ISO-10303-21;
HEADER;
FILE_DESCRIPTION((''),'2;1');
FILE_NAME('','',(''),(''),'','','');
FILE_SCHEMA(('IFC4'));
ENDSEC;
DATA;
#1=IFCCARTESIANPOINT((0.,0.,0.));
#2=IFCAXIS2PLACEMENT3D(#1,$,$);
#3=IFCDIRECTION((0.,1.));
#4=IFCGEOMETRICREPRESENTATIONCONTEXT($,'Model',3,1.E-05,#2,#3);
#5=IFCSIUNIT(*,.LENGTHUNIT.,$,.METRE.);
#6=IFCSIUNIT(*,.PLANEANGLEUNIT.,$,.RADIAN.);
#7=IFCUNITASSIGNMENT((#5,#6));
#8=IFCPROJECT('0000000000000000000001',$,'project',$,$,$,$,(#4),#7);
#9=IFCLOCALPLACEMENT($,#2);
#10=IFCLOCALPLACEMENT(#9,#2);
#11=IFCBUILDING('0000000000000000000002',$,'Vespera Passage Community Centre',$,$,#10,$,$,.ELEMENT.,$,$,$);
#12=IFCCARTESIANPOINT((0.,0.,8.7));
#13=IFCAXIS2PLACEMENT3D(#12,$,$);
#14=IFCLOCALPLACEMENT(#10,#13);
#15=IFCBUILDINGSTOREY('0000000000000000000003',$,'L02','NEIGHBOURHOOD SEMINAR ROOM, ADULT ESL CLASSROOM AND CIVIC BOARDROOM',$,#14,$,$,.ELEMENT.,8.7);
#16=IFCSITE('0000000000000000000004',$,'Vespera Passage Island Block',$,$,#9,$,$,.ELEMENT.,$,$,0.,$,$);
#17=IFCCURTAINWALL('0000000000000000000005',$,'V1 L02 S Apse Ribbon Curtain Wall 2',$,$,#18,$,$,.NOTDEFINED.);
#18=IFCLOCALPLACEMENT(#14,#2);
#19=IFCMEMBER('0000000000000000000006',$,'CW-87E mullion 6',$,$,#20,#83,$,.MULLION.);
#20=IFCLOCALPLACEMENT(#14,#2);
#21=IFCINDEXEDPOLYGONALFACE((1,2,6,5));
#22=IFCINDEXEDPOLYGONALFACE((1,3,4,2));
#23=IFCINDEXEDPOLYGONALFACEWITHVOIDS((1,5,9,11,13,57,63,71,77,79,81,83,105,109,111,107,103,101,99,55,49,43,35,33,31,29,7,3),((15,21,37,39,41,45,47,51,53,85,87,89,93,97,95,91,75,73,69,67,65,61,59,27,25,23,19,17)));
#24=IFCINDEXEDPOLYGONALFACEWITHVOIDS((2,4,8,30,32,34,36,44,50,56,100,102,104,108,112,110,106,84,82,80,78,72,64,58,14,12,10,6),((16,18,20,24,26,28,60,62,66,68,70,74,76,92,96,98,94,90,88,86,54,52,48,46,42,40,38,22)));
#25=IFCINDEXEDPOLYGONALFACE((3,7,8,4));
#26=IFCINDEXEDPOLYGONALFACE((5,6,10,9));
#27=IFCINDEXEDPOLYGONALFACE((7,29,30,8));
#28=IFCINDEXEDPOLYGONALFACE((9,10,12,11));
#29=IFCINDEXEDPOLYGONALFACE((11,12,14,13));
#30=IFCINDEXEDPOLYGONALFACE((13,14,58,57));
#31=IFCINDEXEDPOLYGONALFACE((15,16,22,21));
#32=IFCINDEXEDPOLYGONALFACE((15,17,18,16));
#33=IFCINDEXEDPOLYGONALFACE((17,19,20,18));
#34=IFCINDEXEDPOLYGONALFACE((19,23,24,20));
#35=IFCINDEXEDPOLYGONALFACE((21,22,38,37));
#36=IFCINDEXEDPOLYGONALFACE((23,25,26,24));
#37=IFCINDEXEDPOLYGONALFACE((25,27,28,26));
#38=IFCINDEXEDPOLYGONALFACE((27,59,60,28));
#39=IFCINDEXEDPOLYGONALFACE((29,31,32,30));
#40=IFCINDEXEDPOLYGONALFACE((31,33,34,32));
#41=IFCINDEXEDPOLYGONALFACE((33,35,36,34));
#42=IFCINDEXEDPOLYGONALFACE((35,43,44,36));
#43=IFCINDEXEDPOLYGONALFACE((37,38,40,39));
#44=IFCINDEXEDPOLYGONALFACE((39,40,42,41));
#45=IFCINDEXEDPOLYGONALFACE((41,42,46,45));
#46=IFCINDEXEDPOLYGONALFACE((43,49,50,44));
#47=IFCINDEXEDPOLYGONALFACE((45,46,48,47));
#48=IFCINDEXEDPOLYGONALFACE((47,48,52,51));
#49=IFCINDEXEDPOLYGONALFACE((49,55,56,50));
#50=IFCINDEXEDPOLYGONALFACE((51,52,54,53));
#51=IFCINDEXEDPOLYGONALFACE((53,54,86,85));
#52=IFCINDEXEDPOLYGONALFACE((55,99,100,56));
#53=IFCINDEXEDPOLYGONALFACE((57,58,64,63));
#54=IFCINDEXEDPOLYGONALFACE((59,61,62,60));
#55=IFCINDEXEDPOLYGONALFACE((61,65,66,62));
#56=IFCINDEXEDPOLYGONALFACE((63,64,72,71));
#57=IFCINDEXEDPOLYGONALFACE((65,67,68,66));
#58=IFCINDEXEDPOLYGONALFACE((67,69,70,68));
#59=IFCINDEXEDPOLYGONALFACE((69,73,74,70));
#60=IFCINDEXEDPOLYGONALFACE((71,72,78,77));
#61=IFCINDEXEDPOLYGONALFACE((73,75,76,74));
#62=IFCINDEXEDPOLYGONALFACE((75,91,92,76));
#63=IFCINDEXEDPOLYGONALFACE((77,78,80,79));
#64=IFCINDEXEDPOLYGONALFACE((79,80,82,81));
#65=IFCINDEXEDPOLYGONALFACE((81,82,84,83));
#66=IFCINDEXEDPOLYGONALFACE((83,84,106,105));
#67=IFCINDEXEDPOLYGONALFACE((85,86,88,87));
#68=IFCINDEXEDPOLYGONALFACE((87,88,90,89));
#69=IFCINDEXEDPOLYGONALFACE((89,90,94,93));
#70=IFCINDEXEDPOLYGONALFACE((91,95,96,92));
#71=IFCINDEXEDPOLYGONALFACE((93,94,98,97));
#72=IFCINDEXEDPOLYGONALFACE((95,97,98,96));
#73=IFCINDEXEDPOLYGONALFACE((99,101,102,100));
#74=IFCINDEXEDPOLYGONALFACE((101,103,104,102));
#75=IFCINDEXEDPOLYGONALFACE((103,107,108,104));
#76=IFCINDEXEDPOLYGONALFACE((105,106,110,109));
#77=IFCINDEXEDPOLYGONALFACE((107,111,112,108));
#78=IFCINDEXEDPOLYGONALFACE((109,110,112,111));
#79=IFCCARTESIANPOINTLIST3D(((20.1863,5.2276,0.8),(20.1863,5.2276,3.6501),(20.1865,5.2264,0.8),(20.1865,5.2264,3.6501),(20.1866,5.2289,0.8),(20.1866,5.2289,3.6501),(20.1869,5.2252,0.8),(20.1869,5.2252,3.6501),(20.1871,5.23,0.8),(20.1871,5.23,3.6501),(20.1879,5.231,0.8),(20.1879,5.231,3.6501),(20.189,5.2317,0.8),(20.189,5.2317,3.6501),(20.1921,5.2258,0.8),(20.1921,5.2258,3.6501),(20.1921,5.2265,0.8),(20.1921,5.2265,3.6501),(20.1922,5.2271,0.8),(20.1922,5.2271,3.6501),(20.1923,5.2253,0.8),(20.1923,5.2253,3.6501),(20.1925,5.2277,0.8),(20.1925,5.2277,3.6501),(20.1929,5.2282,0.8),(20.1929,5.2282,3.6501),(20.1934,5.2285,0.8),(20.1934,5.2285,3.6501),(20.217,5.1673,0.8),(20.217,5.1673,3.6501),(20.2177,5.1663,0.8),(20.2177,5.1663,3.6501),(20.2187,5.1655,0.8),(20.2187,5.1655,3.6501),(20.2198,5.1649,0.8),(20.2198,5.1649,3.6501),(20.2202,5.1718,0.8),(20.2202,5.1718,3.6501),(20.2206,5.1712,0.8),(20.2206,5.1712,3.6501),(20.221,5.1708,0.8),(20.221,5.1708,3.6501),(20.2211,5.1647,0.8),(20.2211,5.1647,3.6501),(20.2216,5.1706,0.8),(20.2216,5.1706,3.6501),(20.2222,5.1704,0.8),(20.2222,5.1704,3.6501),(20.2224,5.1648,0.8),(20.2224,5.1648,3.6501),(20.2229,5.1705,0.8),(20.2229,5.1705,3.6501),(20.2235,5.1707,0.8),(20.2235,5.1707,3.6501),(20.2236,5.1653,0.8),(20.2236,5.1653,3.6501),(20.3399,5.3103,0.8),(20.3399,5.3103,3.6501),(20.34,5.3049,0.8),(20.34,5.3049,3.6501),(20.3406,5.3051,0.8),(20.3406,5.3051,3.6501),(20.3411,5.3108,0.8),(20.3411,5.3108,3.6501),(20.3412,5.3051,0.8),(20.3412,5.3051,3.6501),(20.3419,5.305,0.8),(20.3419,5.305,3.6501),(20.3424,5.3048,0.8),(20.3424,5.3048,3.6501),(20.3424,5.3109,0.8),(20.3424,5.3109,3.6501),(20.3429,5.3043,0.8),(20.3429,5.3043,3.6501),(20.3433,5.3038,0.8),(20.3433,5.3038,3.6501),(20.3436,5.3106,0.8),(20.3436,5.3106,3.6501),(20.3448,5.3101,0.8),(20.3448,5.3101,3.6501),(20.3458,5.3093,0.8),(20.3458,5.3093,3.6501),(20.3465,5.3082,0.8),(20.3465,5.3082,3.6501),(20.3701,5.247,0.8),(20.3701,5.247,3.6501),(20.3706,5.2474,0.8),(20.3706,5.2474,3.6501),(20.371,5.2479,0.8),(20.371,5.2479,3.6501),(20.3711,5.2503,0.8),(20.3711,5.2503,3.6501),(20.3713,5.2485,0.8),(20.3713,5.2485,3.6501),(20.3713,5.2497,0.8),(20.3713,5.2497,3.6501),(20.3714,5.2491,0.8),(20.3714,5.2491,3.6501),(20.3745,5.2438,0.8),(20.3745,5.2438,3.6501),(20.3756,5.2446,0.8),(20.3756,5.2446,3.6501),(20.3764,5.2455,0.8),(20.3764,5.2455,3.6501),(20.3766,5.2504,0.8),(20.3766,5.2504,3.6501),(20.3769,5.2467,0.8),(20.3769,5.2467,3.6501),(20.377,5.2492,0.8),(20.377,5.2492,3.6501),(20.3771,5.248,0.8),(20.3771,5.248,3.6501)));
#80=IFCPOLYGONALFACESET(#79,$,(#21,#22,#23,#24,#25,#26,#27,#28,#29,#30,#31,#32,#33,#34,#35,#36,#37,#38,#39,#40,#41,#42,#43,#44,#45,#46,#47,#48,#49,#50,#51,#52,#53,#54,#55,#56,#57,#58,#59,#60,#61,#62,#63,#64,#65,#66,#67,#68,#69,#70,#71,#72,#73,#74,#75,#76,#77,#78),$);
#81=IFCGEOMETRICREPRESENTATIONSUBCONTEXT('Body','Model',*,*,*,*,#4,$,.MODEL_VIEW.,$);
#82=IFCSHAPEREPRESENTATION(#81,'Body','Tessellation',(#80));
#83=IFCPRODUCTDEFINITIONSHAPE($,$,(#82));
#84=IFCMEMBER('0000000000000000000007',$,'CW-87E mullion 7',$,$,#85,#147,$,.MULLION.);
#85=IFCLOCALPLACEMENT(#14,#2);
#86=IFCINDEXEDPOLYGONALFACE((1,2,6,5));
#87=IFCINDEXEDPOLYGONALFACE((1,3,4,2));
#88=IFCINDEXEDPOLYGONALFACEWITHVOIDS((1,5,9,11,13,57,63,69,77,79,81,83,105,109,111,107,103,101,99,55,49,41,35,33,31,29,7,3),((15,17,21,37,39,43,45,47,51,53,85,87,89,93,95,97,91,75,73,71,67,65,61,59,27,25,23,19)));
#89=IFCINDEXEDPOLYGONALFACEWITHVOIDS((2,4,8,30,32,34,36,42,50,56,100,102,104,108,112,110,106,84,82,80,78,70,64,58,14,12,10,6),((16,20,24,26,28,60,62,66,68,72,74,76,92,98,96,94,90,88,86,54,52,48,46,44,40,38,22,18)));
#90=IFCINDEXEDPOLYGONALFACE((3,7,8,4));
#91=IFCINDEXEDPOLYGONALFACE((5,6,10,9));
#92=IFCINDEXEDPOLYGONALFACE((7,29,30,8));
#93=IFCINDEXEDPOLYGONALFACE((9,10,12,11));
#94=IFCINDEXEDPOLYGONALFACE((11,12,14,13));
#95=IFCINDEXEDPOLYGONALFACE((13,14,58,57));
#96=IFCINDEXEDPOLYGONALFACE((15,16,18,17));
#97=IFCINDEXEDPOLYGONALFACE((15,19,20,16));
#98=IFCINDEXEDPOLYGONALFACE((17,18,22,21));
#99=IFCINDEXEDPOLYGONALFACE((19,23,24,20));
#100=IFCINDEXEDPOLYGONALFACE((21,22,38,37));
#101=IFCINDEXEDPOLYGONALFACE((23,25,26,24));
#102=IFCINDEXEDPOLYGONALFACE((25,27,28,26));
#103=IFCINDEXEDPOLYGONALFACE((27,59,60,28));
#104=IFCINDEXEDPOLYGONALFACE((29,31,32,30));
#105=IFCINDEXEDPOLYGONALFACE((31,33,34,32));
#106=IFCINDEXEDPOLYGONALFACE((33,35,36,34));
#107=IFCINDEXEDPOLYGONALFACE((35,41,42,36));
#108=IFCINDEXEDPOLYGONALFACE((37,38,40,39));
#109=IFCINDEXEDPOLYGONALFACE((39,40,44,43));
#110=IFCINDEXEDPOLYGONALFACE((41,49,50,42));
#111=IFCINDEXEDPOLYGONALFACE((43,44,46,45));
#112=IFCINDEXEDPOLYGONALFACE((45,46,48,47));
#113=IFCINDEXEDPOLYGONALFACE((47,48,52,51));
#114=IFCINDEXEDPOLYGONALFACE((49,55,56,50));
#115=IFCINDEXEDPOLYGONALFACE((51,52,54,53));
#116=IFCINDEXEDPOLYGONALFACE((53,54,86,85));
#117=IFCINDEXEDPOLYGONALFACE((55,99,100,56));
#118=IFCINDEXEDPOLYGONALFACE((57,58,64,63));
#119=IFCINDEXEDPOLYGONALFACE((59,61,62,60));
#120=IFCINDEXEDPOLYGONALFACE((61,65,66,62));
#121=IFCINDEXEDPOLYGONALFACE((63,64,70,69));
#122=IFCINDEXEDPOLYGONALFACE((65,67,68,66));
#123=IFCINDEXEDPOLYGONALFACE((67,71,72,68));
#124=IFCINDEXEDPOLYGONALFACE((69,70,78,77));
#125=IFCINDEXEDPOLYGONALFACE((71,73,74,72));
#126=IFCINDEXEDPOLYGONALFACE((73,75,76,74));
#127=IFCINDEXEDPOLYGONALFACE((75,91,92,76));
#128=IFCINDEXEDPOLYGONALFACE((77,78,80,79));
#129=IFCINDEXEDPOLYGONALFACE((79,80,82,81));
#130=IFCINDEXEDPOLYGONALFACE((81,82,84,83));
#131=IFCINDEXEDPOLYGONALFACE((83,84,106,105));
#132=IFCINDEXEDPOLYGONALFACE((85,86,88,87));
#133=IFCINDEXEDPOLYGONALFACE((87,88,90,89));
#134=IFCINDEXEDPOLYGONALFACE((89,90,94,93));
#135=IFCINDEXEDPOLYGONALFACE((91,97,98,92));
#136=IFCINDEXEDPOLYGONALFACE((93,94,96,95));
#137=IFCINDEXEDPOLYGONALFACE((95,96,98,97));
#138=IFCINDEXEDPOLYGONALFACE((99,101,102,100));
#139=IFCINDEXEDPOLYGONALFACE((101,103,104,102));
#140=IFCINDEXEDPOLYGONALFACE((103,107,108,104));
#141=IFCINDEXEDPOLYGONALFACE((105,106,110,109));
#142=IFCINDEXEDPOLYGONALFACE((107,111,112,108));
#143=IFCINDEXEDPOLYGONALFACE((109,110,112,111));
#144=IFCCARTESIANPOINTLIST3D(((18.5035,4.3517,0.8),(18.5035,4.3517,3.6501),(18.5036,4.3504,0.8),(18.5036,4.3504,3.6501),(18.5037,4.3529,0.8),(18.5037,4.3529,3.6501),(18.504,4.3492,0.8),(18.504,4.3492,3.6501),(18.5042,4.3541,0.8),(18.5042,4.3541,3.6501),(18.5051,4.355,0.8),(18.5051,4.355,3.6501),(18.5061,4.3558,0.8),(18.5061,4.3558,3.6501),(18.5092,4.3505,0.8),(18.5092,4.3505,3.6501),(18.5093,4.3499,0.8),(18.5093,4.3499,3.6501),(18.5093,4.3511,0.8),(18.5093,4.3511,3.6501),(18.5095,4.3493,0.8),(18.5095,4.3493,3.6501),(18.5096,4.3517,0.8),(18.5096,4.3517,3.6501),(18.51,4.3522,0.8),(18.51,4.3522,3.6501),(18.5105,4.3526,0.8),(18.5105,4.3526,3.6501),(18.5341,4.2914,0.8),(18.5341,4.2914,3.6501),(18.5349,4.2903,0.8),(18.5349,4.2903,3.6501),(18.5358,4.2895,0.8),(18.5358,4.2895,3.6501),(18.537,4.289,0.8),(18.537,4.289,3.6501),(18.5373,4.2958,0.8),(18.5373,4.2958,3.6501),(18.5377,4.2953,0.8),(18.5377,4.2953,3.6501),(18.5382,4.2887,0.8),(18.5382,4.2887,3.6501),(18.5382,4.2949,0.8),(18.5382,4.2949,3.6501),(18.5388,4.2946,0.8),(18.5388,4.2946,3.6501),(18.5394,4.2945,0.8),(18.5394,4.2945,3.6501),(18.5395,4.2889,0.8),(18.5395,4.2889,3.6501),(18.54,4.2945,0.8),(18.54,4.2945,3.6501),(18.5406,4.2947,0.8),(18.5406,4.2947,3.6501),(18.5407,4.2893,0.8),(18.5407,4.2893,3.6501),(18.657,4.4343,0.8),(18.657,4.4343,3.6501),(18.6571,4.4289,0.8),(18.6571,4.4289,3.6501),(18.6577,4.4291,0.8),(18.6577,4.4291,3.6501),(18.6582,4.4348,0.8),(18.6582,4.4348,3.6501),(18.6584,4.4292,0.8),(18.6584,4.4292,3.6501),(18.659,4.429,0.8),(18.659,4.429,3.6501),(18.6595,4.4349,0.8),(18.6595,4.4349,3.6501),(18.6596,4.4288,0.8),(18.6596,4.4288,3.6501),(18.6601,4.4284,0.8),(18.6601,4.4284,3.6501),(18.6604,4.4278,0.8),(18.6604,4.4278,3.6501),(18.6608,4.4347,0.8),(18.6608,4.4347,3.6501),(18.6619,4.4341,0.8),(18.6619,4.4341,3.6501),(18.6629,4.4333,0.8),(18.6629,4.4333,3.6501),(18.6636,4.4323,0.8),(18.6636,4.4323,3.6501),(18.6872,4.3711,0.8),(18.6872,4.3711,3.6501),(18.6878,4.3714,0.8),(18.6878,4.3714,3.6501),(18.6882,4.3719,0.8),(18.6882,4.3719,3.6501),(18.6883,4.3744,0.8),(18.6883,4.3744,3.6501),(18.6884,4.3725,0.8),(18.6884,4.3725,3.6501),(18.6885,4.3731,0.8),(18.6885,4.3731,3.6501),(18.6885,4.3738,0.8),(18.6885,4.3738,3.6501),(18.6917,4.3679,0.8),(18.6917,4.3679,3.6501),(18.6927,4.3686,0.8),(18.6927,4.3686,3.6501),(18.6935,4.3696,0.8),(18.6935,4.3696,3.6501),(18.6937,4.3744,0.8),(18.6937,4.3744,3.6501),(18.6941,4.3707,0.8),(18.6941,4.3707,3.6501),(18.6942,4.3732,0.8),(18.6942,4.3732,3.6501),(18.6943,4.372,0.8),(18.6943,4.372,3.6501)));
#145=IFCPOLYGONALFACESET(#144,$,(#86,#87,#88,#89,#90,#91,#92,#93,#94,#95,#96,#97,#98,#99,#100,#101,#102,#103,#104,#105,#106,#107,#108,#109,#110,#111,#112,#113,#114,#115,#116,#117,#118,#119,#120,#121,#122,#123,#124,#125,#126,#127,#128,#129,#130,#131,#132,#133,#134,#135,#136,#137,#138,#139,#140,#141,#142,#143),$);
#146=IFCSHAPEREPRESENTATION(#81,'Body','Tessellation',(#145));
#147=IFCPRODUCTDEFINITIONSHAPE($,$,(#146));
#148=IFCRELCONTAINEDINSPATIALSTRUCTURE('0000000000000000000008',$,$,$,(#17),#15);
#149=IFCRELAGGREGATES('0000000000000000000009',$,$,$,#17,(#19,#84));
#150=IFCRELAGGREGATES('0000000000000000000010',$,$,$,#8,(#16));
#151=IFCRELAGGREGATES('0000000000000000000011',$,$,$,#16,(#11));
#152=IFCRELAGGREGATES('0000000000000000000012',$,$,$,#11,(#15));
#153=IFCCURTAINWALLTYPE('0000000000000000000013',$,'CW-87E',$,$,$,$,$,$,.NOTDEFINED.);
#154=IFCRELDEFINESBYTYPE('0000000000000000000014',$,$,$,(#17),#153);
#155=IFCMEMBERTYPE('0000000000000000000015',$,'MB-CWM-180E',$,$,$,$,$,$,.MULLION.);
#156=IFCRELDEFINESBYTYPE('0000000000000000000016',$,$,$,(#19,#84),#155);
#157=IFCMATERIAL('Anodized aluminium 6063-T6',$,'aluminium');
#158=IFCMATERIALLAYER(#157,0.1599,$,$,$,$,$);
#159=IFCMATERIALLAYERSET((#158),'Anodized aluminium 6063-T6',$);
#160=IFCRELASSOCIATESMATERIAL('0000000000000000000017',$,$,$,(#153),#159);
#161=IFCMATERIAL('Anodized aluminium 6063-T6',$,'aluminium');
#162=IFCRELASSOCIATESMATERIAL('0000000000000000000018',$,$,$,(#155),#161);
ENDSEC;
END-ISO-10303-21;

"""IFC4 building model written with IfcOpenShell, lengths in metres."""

from ifc_helpers import new_model, si_unit, direction, frame, origin, origin_2d, place, context, subcontext, project, spatial, hollow_rectangle, extrude, material, layer, layer_set, material_profile, profile_set, type_object, element, aggregate, save


model = new_model("IFC4")

# Units and contexts
model_context = context("Model", 3, precision=1e-05, world=origin(), true_north=direction((0.0, 1.0)))
body_context = subcontext(model_context, "Body", "Model", "MODEL_VIEW")
ifc_project = project(units=[si_unit("LENGTHUNIT", "METRE"), si_unit("PLANEANGLEUNIT", "RADIAN")], contexts=[model_context])

# Site, building, storey
site_placement = place(None, origin())
site = spatial("IfcSite", under=ifc_project, at=site_placement, Name="Vespera Passage Island Block", CompositionType="ELEMENT", RefElevation=0.0)
building_placement = place(site_placement, origin())
building = spatial("IfcBuilding", under=site, at=building_placement, Name="Vespera Passage Community Centre", CompositionType="ELEMENT")
storey_placement = place(building_placement, frame((0.0, 0.0, 8.7)))
storey = spatial("IfcBuildingStorey", under=building, at=storey_placement, Name="L02", Description="NEIGHBOURHOOD SEMINAR ROOM, ADULT ESL CLASSROOM AND CIVIC BOARDROOM", CompositionType="ELEMENT", Elevation=8.7)

# Curtain wall, members
ifc_material_1 = material(Name="Anodized aluminium 6063-T6", Category="aluminium")
ifc_layer_1 = layer(ifc_material_1, 0.1599)
ifc_layer_set_1 = layer_set([ifc_layer_1], Name="Anodized aluminium 6063-T6")
curtain_wall_type = type_object("IfcCurtainWallType", Name="CW-87E", PredefinedType="NOTDEFINED", material=ifc_layer_set_1)
curtain_wall_1_placement = place(storey_placement, origin())
curtain_wall_1 = element("IfcCurtainWall", 1, at=curtain_wall_1_placement, inside=storey, type_object=curtain_wall_type, Name="V1 L02 S Apse Ribbon Curtain Wall 2", PredefinedType="NOTDEFINED")
ifc_material_2 = material(Name="Anodized aluminium 6063-T6", Category="aluminium")
ifc_material_profile_1 = material_profile(ifc_material_2, hollow_rectangle(XDim=0.075, YDim=0.1799, WallThickness=0.0049, InnerFilletRadius=0.0024, OuterFilletRadius=0.0049, at=origin_2d()), Name="ALU180X75X5")
ifc_profile_set_1 = profile_set([ifc_material_profile_1], Name="Anodized aluminium 6063-T6")
member_type_1 = type_object("IfcMemberType", Name="MB-CWM-180E", PredefinedType="MULLION", material=ifc_profile_set_1)
member_1_placement = place(storey_placement, frame((20.2817, 5.2378, 0.8), z_axis=(0.0, 0.0, 1.0), x_axis=(0.461745, -0.887013, 0.0)))
member_1 = element("IfcMember", 2, at=member_1_placement, type_object=member_type_1, Name="CW-87E mullion 6", PredefinedType="MULLION", context=body_context, shape_type="SweptSolid", body=[
    extrude(hollow_rectangle(XDim=0.075, YDim=0.1799, WallThickness=0.0049, InnerFilletRadius=0.0024, OuterFilletRadius=0.0049, at=origin_2d()), origin(), (0.0, 0.0, 1.0), 2.8501),
])
member_2_placement = place(storey_placement, frame((18.5989, 4.3618, 0.8), z_axis=(0.0, 0.0, 1.0), x_axis=(0.461745, -0.887013, 0.0)))
member_2 = element("IfcMember", 3, at=member_2_placement, type_object=member_type_1, Name="CW-87E mullion 7", PredefinedType="MULLION", context=body_context, shape_type="SweptSolid", body=[
    extrude(hollow_rectangle(XDim=0.075, YDim=0.1799, WallThickness=0.0049, InnerFilletRadius=0.0024, OuterFilletRadius=0.0049, at=origin_2d()), origin(), (0.0, 0.0, 1.0), 2.8501),
])

aggregate(curtain_wall_1, [member_1, member_2])

save(model, "model.ifc")
